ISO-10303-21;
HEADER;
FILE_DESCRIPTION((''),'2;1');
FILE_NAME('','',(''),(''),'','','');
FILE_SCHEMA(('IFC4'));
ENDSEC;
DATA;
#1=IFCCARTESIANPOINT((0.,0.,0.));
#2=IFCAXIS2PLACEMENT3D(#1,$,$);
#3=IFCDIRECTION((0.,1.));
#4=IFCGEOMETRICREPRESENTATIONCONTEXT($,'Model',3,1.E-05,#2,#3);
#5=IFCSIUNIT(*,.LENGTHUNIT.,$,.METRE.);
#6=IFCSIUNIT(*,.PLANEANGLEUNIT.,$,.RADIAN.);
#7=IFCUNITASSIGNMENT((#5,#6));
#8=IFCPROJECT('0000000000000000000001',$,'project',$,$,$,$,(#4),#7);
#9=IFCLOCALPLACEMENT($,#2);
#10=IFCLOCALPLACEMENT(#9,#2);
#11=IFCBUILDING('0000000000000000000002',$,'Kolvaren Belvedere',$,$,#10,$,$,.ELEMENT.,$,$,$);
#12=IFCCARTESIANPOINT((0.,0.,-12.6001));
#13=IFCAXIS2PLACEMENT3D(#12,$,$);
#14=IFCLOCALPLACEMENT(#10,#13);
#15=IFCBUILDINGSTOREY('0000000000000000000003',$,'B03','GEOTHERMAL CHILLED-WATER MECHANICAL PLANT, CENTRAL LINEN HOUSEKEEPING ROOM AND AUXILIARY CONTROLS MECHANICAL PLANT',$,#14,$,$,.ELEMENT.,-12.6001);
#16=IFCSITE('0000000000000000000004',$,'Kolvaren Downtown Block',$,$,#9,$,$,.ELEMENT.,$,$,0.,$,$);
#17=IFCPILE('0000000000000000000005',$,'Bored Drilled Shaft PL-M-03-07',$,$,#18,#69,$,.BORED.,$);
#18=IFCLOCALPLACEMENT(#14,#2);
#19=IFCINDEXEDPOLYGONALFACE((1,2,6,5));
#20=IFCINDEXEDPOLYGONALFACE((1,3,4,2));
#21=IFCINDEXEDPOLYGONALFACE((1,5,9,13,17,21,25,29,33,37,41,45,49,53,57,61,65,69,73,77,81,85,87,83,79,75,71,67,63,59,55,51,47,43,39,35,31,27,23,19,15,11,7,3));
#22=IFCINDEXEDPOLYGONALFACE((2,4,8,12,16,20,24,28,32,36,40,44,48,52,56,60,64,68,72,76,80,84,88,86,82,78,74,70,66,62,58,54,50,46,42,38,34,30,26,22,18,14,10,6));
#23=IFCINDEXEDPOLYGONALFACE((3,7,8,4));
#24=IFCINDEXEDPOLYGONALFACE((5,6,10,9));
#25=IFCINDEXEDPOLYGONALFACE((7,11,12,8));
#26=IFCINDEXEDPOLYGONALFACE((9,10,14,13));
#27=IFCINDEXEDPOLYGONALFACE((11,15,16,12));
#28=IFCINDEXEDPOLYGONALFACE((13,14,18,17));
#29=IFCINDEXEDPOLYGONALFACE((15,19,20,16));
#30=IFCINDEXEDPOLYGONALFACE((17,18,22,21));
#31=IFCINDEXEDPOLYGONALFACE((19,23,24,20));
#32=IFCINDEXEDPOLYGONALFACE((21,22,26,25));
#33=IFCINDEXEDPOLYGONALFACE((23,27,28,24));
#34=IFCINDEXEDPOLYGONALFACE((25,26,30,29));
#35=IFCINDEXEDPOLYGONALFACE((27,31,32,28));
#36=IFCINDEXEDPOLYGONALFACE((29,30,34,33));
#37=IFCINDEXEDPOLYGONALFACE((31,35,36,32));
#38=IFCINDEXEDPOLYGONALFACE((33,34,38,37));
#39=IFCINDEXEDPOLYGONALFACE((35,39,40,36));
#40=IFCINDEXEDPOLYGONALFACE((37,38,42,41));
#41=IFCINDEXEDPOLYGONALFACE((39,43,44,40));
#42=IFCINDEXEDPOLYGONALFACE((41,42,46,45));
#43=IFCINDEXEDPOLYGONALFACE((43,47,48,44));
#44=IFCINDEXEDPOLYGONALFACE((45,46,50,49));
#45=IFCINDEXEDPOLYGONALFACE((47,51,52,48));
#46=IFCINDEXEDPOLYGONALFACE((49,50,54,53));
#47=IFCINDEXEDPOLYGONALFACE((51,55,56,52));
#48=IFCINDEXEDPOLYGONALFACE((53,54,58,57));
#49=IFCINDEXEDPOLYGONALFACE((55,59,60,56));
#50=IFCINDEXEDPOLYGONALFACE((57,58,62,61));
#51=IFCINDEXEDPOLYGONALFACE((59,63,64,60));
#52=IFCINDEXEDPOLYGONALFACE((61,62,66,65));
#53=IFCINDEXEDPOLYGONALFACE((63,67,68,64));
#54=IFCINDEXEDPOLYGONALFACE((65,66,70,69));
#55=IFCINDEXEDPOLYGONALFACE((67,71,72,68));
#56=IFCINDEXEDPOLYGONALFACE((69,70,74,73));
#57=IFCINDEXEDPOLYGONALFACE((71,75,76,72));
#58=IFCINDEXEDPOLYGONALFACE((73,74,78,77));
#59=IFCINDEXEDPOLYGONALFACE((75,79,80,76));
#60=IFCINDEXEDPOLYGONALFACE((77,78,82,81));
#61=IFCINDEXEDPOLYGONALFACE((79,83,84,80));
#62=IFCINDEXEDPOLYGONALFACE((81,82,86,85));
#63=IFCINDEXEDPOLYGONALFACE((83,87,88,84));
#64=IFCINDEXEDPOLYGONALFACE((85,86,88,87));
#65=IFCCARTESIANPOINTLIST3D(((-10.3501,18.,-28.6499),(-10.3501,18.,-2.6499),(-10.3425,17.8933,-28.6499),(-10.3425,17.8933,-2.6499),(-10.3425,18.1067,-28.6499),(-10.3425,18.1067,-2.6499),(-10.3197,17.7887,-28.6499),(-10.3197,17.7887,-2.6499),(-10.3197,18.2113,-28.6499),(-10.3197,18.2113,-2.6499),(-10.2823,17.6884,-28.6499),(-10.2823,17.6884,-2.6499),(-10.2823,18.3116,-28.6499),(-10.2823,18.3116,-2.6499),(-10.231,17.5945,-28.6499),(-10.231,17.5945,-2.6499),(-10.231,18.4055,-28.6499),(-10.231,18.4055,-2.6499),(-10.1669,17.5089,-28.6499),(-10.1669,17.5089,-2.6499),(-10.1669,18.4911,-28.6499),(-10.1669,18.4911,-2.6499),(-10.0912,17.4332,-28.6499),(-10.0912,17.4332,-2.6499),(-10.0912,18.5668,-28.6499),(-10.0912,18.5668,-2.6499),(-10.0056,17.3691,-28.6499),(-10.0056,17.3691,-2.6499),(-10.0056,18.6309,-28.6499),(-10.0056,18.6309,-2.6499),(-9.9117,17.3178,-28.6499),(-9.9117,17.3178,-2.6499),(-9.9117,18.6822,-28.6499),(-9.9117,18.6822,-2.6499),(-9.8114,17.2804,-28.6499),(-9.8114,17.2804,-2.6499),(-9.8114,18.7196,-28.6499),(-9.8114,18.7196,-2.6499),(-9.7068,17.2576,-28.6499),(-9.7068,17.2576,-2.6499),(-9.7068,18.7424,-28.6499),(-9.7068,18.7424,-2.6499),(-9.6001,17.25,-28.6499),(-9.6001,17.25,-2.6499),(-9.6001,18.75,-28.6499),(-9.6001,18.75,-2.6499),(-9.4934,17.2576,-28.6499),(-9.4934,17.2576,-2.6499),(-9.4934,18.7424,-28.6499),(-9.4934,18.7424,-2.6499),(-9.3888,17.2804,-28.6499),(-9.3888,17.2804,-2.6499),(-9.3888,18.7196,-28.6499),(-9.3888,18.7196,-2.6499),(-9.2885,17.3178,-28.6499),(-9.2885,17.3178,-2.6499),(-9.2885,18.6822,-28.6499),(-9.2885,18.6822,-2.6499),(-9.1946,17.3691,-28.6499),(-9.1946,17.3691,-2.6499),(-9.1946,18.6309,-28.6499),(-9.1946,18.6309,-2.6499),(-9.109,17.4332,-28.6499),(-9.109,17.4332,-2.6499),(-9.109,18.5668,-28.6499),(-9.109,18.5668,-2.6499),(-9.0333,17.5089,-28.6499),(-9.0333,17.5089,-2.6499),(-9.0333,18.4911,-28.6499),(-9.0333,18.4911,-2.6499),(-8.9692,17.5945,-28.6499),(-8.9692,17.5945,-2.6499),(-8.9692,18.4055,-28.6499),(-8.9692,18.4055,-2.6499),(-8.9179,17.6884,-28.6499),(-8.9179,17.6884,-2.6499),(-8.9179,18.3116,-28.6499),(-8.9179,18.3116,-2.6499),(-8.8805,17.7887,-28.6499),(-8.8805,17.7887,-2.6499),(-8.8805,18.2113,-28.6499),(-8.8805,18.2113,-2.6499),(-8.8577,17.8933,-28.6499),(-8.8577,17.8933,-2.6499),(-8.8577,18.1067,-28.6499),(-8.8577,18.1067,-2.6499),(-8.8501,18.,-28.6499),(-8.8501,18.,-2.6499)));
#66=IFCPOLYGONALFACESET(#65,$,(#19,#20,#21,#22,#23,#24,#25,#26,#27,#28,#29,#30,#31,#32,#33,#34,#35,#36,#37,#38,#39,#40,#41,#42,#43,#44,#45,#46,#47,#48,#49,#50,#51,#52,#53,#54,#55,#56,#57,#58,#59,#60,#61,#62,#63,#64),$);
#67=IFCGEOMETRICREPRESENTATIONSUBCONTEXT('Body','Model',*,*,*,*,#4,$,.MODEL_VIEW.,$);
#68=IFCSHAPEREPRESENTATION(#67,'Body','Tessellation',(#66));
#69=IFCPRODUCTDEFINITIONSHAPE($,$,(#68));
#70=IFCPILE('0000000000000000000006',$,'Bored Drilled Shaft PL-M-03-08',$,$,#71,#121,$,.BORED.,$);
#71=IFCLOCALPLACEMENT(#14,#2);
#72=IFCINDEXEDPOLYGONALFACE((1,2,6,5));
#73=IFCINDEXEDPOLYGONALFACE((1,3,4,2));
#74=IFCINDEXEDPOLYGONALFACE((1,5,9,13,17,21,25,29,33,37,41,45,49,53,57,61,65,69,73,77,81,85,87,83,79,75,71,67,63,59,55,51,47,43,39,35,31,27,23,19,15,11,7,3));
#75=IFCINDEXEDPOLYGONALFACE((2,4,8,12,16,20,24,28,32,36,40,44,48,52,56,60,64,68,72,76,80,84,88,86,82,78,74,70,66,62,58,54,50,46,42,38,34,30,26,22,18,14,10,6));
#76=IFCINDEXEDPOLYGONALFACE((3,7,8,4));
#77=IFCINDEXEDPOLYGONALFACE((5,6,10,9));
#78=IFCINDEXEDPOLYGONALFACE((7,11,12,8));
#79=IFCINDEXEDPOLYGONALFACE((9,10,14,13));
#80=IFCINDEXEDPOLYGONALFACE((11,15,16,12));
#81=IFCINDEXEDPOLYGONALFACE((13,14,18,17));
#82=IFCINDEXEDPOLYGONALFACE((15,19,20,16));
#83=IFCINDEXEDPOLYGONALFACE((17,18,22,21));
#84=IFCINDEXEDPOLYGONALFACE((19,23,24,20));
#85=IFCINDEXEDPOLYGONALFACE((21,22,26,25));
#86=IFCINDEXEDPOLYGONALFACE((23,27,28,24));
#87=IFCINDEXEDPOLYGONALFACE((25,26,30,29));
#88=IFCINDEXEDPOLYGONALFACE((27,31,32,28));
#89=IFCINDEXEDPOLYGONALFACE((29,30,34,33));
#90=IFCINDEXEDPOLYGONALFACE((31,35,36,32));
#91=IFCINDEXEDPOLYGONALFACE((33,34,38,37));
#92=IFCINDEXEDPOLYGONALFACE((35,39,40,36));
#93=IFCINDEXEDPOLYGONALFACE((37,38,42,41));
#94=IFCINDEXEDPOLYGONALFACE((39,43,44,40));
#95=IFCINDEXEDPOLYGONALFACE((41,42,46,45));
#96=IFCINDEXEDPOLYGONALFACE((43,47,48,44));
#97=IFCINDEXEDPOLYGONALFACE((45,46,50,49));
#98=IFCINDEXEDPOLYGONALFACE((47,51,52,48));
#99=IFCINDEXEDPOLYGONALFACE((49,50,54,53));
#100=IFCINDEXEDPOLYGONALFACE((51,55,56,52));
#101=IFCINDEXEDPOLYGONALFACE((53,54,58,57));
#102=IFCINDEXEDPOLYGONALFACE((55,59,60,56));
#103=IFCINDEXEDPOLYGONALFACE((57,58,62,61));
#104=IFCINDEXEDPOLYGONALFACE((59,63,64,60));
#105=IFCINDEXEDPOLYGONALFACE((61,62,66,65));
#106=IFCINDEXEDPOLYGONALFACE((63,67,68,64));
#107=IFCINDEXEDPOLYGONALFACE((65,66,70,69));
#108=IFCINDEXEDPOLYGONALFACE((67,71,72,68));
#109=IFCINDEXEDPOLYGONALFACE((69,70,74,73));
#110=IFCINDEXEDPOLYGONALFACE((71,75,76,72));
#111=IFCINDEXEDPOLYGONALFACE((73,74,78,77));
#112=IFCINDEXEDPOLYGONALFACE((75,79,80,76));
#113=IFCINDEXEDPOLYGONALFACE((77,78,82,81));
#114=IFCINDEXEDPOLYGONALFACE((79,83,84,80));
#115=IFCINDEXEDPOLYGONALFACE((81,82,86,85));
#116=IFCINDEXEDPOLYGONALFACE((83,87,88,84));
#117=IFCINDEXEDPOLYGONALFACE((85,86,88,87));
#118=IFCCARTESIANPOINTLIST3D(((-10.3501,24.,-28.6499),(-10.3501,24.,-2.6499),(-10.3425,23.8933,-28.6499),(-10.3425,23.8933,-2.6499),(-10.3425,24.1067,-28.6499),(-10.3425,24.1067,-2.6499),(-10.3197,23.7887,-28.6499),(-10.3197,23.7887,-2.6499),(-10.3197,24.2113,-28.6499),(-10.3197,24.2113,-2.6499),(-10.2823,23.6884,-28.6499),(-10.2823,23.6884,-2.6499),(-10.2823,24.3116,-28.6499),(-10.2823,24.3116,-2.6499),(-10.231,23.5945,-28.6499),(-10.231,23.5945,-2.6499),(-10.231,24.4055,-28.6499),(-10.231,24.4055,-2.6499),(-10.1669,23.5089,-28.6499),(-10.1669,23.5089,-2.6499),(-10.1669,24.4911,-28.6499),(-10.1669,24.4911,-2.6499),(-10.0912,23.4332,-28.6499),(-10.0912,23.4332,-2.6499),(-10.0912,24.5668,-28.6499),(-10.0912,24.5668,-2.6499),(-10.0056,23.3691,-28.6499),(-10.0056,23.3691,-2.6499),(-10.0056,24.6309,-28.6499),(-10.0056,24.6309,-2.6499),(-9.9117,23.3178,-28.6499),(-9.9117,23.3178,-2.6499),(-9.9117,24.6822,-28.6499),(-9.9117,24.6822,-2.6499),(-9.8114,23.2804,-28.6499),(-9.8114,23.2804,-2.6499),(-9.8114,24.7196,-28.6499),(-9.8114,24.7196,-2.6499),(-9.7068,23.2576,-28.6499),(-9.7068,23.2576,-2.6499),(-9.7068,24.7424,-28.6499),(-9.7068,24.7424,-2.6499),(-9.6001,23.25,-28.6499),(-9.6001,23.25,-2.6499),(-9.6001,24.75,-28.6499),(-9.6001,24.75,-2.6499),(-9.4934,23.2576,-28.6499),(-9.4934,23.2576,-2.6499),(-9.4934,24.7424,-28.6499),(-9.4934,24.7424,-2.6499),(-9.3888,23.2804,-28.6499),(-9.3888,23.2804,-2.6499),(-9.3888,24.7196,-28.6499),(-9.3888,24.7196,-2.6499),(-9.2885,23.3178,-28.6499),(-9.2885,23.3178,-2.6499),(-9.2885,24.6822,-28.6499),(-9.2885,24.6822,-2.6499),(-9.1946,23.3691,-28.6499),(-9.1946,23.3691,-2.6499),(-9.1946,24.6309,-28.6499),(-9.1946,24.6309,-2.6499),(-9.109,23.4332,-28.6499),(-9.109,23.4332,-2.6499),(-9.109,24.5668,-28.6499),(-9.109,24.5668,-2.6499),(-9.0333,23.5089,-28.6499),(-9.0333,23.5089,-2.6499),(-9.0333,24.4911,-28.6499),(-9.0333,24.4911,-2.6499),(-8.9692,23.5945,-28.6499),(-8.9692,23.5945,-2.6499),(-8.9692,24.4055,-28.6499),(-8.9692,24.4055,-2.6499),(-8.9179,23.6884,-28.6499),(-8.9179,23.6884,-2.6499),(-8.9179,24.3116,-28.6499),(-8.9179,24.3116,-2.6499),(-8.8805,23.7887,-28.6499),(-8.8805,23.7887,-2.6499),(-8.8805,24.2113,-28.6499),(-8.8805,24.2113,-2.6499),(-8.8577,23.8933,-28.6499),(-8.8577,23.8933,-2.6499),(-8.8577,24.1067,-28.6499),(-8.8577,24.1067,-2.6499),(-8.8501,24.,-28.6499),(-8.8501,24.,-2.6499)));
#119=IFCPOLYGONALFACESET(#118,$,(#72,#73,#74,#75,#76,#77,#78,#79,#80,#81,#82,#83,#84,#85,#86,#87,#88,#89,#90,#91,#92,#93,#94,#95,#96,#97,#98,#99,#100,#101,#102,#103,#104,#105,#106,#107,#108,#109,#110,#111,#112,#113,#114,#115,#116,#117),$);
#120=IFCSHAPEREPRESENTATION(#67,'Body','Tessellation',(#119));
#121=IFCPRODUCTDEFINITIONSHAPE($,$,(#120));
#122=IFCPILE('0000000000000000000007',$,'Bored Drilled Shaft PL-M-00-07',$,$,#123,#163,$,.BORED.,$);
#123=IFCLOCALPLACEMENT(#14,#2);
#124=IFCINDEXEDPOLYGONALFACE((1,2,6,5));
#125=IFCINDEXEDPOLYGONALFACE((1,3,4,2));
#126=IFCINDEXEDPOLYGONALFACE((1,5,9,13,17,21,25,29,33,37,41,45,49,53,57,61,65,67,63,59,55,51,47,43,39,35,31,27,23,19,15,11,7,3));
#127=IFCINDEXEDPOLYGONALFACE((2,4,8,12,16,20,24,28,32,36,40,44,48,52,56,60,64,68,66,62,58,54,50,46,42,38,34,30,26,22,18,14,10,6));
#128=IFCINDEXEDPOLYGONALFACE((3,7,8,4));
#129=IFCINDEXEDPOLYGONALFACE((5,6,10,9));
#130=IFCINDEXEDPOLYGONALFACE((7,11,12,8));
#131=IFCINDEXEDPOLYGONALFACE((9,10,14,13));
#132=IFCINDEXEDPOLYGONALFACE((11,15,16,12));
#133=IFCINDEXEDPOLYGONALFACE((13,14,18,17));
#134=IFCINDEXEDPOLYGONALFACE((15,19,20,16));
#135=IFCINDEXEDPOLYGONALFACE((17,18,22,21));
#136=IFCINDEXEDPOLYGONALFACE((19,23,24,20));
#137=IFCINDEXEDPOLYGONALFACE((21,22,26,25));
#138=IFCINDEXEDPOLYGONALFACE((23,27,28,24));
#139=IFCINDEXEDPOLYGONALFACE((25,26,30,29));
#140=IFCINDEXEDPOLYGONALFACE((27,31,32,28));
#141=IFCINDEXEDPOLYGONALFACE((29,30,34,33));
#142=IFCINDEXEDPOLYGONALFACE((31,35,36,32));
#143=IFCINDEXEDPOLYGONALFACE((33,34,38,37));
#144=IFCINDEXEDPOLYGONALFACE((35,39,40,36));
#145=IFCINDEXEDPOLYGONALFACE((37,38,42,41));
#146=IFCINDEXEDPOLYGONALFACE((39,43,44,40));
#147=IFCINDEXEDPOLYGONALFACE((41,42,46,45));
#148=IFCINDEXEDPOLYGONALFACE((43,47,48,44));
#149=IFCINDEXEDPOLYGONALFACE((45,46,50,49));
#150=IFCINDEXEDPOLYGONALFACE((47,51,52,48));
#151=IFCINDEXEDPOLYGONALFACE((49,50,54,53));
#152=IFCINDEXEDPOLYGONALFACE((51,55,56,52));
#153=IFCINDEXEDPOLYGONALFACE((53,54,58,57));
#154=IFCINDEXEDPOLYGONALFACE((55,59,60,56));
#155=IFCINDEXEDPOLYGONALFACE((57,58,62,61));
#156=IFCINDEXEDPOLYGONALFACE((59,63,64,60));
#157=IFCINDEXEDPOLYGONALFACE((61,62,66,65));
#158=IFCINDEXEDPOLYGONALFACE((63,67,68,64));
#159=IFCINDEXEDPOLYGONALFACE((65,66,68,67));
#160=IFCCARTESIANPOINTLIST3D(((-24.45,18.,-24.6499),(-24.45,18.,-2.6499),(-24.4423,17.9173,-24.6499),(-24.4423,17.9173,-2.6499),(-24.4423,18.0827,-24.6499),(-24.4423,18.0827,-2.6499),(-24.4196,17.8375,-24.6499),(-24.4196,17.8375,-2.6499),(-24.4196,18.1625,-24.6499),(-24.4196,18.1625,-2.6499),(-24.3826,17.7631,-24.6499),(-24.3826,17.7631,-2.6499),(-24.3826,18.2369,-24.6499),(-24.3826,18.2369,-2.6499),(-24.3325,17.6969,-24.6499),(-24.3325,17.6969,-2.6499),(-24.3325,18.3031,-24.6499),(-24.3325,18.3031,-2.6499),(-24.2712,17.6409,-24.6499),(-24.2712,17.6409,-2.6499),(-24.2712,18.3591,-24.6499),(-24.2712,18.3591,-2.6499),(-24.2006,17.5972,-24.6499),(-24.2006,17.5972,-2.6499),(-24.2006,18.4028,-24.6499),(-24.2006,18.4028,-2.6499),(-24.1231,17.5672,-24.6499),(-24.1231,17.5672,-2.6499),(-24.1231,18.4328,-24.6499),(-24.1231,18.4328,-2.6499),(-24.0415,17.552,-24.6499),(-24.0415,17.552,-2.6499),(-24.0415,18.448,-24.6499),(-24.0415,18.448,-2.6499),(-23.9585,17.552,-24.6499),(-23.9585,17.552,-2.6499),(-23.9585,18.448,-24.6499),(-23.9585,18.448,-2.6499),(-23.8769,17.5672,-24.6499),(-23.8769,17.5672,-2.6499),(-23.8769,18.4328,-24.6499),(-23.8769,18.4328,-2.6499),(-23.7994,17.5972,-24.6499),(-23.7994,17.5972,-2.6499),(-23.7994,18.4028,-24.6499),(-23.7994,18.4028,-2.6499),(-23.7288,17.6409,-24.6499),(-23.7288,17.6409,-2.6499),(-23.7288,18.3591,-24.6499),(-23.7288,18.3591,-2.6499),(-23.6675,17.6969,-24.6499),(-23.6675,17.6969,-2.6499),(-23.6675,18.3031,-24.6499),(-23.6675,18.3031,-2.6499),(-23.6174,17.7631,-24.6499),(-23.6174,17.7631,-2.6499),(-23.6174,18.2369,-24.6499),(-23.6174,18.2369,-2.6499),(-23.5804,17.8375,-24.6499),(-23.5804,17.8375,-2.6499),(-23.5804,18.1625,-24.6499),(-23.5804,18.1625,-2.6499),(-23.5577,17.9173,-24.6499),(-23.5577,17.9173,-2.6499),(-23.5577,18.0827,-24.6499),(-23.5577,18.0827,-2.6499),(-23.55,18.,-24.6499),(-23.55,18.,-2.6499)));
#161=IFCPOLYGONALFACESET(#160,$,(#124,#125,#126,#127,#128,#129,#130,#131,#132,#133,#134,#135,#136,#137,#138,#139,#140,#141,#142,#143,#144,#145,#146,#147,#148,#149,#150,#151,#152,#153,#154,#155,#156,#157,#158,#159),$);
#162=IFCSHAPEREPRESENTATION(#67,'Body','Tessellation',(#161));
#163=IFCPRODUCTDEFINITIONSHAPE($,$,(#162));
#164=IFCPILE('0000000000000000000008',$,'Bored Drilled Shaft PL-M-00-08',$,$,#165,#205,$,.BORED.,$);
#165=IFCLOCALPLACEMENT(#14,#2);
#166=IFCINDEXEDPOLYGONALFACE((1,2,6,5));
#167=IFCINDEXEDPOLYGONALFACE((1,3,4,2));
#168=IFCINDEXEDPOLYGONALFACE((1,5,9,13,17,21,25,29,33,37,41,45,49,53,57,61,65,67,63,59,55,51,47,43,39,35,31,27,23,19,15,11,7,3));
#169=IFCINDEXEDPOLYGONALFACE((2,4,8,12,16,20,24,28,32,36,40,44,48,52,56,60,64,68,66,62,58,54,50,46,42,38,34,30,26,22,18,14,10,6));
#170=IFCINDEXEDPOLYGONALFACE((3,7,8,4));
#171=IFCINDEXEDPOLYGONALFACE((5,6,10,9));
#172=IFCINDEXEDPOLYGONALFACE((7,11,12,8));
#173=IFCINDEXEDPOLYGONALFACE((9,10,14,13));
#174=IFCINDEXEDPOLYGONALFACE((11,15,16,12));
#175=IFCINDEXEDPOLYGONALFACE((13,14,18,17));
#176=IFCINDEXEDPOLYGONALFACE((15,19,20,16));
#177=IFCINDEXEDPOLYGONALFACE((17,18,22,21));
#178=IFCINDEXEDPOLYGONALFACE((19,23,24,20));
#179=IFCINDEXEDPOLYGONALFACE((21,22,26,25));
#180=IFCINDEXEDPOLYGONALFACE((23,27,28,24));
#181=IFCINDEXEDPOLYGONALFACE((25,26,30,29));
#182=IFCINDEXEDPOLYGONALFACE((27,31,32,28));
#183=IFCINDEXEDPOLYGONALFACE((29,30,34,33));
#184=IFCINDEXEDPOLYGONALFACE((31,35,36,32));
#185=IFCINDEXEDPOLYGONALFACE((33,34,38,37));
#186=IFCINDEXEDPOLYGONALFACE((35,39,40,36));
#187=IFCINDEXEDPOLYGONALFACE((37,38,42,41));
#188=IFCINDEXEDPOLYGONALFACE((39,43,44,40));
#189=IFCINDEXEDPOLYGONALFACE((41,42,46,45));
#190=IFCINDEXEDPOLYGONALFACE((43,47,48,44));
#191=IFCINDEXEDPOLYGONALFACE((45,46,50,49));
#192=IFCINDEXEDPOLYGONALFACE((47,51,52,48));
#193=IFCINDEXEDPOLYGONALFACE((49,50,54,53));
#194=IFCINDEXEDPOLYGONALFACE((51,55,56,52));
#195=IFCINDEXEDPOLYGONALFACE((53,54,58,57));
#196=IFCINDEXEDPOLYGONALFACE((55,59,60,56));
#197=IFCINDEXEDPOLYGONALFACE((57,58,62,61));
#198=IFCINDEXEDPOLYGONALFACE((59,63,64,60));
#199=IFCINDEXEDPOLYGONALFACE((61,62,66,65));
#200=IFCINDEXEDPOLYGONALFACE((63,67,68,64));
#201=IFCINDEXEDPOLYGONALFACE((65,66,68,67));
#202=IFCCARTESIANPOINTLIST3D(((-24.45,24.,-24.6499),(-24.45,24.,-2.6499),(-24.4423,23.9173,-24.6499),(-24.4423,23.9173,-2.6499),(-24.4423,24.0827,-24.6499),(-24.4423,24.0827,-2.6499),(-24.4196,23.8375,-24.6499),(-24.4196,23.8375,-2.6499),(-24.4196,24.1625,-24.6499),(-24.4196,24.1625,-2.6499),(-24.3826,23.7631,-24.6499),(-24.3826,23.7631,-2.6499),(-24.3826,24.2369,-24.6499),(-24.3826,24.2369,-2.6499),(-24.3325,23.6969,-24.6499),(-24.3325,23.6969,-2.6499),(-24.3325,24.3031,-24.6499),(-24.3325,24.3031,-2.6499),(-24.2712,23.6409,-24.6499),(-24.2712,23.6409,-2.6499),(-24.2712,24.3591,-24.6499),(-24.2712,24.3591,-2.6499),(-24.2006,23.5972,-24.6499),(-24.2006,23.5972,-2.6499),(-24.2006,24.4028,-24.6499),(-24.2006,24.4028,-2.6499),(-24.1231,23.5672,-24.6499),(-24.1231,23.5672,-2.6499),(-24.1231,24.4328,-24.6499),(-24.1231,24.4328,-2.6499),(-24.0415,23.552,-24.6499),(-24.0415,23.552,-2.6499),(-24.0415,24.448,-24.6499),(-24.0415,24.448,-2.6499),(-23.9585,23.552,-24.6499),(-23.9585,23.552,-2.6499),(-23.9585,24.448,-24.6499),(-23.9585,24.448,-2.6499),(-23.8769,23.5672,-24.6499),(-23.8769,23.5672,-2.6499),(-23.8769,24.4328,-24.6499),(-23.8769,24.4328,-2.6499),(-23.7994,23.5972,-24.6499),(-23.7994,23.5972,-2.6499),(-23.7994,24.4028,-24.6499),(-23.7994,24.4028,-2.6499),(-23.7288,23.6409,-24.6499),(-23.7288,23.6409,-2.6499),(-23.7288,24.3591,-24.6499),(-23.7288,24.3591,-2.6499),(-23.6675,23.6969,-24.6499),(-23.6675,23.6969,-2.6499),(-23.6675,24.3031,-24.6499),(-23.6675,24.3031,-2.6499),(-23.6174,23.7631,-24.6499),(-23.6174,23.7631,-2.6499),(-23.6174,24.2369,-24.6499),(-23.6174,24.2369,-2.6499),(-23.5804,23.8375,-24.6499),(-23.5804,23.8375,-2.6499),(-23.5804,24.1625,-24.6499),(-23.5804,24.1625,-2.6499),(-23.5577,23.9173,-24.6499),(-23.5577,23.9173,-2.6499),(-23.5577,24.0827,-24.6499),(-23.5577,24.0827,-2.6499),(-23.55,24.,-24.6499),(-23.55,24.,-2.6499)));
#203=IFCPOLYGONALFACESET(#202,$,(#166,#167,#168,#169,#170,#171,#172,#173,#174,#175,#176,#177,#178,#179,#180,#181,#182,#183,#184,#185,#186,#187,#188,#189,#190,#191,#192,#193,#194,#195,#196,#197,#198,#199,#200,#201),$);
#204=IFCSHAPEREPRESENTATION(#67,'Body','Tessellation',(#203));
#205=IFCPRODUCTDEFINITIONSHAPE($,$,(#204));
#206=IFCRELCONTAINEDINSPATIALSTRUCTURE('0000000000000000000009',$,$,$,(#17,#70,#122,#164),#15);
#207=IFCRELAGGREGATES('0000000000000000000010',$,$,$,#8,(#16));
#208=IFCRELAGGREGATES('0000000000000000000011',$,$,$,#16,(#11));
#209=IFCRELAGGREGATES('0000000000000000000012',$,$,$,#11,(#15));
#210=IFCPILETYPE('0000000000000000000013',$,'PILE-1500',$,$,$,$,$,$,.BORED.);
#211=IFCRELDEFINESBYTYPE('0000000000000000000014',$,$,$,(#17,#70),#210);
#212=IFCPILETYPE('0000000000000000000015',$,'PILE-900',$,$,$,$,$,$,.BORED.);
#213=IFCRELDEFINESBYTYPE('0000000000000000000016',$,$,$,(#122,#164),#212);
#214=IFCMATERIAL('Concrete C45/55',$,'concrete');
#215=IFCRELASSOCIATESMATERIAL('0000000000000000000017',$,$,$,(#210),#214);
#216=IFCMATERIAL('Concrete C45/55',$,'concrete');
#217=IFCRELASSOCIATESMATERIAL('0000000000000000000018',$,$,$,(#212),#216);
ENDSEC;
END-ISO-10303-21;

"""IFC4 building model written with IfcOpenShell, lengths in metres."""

from ifc_helpers import new_model, si_unit, direction, frame, origin, origin_2d, place, context, subcontext, project, spatial, circle, extrude, material, material_profile, profile_set, type_object, element, save


model = new_model("IFC4")

# Units and contexts
model_context = context("Model", 3, precision=1e-05, world=origin(), true_north=direction((0.0, 1.0)))
body_context = subcontext(model_context, "Body", "Model", "MODEL_VIEW")
ifc_project = project(units=[si_unit("LENGTHUNIT", "METRE"), si_unit("PLANEANGLEUNIT", "RADIAN")], contexts=[model_context])

# Site, building, storey
site_placement = place(None, origin())
site = spatial("IfcSite", under=ifc_project, at=site_placement, Name="Kolvaren Downtown Block", CompositionType="ELEMENT", RefElevation=0.0)
building_placement = place(site_placement, origin())
building = spatial("IfcBuilding", under=site, at=building_placement, Name="Kolvaren Belvedere", CompositionType="ELEMENT")
storey_placement = place(building_placement, frame((0.0, 0.0, -12.6001)))
storey = spatial("IfcBuildingStorey", under=building, at=storey_placement, Name="B03", Description="GEOTHERMAL CHILLED-WATER MECHANICAL PLANT, CENTRAL LINEN HOUSEKEEPING ROOM AND AUXILIARY CONTROLS MECHANICAL PLANT", CompositionType="ELEMENT", Elevation=-12.6001)

# Piles
ifc_material_1 = material(Name="Concrete C45/55", Category="concrete")
ifc_material_profile_1 = material_profile(ifc_material_1, circle(Radius=0.75, at=origin_2d()), Name="BORED PILE D1500")
ifc_profile_set_1 = profile_set([ifc_material_profile_1], Name="Concrete C45/55")
pile_type_1 = type_object("IfcPileType", Name="PILE-1500", PredefinedType="BORED", material=ifc_profile_set_1)
for number, where, z_axis, x_axis, name in (
    (1, (-9.6001, 18.0, -2.6499), (0.0, 0.0, -1.0), (1.0, 0.0, 0.0), "Bored Drilled Shaft PL-M-03-07"),
    (2, (-9.6001, 24.0, -2.6499), (0.0, 0.0, -1.0), (1.0, 0.0, 0.0), "Bored Drilled Shaft PL-M-03-08"),
):
    element("IfcPile", number, at=place(storey_placement, frame(where, z_axis=z_axis, x_axis=x_axis)), inside=storey, type_object=pile_type_1, Name=name, PredefinedType="BORED", context=body_context, shape_type="SweptSolid", body=[
        extrude(circle(Radius=0.75, at=origin_2d()), origin(), (0.0, 0.0, 1.0), 26.0),
    ])
ifc_material_2 = material(Name="Concrete C45/55", Category="concrete")
ifc_material_profile_2 = material_profile(ifc_material_2, circle(Radius=0.45, at=origin_2d()), Name="BORED PILE D900")
ifc_profile_set_2 = profile_set([ifc_material_profile_2], Name="Concrete C45/55")
pile_type_2 = type_object("IfcPileType", Name="PILE-900", PredefinedType="BORED", material=ifc_profile_set_2)
for number, where, z_axis, x_axis, name in (
    (3, (-24.0, 18.0, -2.6499), (0.0, 0.0, -1.0), (1.0, 0.0, 0.0), "Bored Drilled Shaft PL-M-00-07"),
    (4, (-24.0, 24.0, -2.6499), (0.0, 0.0, -1.0), (1.0, 0.0, 0.0), "Bored Drilled Shaft PL-M-00-08"),
):
    element("IfcPile", number, at=place(storey_placement, frame(where, z_axis=z_axis, x_axis=x_axis)), inside=storey, type_object=pile_type_2, Name=name, PredefinedType="BORED", context=body_context, shape_type="SweptSolid", body=[
        extrude(circle(Radius=0.45, at=origin_2d()), origin(), (0.0, 0.0, 1.0), 22.0),
    ])

save(model, "model.ifc")
